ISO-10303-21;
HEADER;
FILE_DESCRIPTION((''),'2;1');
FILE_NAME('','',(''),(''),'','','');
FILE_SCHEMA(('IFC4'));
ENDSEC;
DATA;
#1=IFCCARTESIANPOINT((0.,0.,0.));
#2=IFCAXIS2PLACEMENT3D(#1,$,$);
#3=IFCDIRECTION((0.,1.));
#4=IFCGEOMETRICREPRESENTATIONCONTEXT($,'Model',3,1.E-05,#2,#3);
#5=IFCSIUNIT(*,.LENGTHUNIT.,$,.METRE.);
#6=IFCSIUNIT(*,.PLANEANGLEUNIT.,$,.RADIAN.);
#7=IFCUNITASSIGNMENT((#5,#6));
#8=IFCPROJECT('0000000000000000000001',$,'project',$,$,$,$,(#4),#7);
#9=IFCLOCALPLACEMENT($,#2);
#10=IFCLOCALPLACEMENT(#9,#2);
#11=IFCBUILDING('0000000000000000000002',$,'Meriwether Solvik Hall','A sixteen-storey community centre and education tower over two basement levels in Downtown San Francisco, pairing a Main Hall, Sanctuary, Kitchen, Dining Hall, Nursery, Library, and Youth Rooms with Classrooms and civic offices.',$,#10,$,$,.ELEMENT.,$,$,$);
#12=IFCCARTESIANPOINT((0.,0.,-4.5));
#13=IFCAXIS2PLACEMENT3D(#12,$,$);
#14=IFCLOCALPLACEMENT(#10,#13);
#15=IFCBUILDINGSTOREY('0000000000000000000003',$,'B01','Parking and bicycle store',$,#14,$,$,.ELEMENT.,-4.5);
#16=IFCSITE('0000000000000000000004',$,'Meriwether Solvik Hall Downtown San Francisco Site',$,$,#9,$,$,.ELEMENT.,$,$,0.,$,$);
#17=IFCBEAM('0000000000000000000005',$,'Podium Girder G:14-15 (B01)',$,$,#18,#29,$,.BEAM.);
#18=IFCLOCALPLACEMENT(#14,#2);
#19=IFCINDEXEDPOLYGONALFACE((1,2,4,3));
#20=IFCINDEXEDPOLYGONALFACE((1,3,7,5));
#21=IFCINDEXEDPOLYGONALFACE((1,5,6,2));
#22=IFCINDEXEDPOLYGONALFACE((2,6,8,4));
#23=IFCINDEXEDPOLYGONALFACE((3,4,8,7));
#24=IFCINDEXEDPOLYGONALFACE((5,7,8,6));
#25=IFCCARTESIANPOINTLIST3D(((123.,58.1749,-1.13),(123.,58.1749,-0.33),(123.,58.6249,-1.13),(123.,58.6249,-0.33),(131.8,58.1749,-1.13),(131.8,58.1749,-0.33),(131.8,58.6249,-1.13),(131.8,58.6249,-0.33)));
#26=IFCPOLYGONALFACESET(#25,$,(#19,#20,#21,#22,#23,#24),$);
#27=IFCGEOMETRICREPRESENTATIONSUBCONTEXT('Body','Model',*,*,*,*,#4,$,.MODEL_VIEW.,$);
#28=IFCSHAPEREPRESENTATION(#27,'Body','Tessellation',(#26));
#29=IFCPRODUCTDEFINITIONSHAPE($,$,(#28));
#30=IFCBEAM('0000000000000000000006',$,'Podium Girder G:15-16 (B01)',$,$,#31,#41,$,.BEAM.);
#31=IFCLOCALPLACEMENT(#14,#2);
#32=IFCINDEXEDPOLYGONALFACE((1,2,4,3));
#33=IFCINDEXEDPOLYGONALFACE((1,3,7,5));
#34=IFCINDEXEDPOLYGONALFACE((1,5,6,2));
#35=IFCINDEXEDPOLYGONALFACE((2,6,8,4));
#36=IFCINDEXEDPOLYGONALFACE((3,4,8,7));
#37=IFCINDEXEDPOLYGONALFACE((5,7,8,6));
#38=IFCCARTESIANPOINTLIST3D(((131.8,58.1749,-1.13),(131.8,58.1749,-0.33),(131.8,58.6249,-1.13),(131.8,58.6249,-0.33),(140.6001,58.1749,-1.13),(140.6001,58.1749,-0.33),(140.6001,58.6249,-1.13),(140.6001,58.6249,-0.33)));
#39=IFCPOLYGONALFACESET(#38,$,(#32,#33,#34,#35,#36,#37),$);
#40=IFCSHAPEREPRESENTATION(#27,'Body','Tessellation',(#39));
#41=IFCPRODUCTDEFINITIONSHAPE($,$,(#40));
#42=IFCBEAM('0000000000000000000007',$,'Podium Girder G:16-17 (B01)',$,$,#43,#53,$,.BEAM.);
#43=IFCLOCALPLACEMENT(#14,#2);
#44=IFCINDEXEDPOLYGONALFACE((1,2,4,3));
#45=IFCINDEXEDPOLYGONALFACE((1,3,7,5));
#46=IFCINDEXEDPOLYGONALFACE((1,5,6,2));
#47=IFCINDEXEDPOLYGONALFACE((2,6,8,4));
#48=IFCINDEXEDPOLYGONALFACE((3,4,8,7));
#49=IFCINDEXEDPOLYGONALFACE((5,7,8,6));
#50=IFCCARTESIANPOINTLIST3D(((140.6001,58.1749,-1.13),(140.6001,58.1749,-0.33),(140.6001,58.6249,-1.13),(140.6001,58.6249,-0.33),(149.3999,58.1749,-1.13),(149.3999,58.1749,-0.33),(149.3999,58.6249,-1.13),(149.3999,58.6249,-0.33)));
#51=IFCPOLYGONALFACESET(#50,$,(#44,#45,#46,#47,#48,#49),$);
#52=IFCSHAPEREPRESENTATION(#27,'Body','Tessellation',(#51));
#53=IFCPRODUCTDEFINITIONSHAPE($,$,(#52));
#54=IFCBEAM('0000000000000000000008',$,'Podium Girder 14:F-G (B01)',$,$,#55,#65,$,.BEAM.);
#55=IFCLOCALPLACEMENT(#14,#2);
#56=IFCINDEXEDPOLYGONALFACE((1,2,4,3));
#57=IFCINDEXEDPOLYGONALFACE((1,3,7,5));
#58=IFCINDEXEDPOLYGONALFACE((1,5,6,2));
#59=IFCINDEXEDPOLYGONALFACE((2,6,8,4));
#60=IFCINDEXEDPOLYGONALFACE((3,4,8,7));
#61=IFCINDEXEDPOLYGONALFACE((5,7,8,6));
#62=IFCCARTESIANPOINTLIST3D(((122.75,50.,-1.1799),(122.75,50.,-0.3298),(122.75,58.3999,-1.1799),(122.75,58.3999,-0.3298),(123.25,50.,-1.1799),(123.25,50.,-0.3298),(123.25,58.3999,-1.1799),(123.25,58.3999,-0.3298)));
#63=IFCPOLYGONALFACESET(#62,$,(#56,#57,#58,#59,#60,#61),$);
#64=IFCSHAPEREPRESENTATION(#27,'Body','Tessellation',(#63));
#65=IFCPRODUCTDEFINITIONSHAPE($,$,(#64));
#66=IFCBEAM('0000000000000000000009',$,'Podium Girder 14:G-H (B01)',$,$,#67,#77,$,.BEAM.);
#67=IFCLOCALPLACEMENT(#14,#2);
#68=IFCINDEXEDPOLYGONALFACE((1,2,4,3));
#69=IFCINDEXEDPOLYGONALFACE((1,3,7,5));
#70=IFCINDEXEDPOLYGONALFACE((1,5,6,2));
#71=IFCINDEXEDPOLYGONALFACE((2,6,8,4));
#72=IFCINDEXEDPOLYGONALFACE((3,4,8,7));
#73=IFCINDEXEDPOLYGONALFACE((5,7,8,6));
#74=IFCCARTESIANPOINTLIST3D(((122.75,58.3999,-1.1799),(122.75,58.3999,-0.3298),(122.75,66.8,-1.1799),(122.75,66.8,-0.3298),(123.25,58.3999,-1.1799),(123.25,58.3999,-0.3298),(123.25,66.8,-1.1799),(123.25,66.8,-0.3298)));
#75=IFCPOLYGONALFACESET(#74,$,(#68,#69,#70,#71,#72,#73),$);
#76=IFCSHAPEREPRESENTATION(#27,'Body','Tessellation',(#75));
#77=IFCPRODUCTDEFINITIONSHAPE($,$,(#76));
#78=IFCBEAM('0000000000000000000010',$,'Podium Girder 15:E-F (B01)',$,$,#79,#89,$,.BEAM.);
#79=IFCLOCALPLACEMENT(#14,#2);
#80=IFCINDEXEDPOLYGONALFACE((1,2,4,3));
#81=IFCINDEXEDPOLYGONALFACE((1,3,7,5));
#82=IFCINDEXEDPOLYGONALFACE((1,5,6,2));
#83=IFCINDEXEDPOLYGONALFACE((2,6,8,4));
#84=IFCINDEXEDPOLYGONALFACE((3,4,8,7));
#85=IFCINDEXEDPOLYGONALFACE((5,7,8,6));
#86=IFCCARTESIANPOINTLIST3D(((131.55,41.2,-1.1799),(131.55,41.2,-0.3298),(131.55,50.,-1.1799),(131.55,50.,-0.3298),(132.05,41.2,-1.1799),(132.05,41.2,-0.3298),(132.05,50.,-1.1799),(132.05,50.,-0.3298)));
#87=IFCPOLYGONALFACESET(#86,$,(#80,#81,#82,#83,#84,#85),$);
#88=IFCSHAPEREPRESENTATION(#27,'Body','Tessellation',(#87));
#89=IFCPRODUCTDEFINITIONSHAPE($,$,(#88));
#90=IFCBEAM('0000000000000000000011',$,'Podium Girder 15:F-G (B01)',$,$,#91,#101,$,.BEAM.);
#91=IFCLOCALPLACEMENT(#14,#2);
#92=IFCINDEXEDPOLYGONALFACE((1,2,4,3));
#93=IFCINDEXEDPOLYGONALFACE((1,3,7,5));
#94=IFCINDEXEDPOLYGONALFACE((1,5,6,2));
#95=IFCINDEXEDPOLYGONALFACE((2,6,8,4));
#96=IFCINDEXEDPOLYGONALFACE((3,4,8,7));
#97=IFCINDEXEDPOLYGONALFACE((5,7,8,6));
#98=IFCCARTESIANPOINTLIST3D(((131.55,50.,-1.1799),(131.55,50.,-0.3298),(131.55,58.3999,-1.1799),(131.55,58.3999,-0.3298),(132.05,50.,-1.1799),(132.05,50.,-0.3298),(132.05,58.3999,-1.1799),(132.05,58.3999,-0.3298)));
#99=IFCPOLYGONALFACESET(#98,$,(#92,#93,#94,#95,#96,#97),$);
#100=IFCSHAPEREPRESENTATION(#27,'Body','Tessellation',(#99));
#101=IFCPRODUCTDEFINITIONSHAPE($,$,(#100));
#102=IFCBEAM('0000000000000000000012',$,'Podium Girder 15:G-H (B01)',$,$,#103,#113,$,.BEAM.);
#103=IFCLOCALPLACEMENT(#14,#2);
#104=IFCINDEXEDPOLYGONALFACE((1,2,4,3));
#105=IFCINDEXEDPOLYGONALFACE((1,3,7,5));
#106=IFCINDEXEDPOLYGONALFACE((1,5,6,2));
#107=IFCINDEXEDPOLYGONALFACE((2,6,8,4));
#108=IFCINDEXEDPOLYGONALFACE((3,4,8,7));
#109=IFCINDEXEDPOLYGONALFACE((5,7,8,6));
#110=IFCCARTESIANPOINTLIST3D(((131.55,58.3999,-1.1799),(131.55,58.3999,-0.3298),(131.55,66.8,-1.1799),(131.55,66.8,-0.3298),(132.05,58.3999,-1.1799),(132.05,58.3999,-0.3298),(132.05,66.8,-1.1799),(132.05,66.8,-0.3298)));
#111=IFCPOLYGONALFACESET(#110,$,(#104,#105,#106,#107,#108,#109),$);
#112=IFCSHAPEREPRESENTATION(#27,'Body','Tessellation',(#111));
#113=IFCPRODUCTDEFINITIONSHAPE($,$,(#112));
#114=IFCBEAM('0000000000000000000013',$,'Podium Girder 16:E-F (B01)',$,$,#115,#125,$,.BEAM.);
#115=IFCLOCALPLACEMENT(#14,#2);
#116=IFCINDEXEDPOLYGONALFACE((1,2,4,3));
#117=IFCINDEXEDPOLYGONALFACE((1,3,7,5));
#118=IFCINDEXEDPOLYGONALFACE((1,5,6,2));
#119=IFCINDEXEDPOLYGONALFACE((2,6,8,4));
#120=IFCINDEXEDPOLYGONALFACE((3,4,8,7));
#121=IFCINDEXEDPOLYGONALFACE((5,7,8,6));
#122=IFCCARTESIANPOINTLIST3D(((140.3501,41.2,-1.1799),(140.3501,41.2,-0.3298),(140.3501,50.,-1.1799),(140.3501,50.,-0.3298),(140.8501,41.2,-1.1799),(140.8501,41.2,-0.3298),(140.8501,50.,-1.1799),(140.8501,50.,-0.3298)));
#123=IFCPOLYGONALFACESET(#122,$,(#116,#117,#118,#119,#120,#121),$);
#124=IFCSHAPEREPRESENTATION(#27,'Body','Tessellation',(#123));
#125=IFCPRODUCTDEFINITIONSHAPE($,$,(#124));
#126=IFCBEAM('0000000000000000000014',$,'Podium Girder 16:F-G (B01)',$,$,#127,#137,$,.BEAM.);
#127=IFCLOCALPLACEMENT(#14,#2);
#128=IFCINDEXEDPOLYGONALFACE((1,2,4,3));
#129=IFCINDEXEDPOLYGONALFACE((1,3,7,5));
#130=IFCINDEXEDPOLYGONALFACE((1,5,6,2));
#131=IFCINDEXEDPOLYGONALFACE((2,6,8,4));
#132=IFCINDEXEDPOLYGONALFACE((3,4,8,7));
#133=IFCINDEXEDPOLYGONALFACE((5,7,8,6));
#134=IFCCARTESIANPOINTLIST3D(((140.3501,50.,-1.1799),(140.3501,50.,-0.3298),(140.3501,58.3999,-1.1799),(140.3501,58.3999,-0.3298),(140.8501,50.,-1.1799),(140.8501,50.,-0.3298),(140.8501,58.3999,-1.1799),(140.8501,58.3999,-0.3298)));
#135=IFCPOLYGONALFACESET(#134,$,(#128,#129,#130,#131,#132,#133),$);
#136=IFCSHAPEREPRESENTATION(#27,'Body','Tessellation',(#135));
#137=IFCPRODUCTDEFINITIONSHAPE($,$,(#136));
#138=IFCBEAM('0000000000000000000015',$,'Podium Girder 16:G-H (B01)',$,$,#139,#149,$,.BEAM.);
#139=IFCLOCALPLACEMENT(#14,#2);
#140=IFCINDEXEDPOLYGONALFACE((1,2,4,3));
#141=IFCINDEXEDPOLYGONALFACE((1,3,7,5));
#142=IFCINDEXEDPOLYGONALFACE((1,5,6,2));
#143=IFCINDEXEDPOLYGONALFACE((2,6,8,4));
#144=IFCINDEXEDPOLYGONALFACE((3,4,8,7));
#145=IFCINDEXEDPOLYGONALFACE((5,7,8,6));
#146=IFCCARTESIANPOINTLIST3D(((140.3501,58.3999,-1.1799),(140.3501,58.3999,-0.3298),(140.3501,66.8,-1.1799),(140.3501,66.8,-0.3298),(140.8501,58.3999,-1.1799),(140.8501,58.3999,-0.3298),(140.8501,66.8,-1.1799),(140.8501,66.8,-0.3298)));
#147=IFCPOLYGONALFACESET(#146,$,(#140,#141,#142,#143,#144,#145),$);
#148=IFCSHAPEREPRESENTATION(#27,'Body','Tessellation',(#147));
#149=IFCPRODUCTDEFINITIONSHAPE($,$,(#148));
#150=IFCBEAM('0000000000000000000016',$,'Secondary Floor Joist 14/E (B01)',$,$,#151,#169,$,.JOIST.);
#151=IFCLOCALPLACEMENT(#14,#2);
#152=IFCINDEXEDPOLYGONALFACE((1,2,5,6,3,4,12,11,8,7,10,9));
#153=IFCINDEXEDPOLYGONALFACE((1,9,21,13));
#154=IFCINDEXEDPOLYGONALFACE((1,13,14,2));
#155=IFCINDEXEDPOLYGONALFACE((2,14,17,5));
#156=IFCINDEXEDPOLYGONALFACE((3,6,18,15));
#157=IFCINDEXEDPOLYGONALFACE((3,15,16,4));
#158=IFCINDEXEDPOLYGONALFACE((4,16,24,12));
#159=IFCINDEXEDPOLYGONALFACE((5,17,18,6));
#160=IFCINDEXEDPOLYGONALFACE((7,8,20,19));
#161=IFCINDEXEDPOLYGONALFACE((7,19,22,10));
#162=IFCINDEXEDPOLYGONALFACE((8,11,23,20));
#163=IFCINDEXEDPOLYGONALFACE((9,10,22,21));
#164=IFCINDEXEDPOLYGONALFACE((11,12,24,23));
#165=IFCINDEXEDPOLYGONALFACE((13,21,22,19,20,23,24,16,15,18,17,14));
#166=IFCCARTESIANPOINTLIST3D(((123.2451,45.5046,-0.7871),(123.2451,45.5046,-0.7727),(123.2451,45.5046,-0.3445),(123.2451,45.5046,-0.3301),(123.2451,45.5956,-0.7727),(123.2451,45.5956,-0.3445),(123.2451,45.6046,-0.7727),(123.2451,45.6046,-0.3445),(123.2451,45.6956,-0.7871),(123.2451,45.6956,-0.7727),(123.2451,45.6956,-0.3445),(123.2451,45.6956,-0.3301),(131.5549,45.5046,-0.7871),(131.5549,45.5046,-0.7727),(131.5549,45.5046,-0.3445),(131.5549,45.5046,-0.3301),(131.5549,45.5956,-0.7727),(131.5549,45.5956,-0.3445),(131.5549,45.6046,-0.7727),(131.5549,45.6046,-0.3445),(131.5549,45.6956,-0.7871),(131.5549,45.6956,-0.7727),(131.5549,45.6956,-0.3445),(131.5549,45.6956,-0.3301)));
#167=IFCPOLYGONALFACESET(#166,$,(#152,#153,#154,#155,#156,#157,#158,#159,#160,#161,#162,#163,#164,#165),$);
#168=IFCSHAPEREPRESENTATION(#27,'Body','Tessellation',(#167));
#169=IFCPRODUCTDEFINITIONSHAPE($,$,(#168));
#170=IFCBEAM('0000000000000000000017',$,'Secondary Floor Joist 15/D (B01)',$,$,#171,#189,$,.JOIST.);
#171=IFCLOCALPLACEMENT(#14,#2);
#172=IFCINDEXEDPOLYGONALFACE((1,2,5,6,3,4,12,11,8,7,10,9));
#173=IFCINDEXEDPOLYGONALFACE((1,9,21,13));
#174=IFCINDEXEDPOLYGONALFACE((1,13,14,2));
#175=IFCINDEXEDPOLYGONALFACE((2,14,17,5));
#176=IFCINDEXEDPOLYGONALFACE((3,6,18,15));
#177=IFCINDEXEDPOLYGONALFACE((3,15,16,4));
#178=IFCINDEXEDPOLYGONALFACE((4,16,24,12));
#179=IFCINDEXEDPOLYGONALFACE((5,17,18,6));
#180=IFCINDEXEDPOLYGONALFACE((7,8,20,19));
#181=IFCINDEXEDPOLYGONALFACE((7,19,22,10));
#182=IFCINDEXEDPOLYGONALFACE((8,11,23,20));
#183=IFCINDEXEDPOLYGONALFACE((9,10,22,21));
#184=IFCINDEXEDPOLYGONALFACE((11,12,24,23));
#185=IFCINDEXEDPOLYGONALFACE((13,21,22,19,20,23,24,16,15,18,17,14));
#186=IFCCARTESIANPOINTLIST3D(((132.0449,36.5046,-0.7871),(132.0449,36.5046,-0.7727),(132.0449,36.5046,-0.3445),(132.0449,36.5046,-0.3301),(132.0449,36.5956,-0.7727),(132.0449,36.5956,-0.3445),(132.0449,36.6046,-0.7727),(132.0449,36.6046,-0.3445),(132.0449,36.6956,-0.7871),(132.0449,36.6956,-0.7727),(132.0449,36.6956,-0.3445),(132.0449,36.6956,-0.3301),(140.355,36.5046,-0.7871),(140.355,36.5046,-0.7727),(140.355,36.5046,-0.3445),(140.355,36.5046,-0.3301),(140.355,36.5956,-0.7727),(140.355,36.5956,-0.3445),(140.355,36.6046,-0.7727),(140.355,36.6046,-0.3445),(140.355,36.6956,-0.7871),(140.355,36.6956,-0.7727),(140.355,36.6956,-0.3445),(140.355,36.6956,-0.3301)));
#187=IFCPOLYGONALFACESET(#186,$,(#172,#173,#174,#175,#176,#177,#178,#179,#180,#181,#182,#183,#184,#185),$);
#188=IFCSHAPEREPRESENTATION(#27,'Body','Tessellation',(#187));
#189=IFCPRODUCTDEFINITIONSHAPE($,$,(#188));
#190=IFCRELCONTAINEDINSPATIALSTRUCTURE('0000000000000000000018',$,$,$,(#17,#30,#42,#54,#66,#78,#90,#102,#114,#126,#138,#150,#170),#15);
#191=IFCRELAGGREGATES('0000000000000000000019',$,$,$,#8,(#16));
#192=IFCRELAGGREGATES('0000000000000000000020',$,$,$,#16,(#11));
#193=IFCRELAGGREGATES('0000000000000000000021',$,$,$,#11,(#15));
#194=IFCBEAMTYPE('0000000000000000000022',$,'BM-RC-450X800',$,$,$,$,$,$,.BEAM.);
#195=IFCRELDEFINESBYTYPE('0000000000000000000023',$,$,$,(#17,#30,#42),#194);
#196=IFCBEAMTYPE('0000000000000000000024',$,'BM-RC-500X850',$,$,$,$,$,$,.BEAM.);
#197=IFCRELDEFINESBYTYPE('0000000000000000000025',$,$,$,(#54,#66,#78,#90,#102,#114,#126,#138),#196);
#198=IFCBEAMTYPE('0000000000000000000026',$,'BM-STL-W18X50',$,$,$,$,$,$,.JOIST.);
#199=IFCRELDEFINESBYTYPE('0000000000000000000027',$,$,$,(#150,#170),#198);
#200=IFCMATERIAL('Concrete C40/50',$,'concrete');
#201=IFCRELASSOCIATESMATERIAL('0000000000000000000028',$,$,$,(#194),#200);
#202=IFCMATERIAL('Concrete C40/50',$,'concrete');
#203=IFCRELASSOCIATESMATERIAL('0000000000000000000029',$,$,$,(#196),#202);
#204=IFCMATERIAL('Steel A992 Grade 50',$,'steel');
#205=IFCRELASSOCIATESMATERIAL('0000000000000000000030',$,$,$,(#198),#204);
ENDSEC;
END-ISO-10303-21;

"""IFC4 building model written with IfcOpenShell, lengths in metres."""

from ifc_helpers import new_model, si_unit, direction, frame, origin, origin_2d, place, context, subcontext, project, spatial, rectangle, i_section, extrude, material, material_profile, profile_set, type_object, element, save


model = new_model("IFC4")

# Units and contexts
model_context = context("Model", 3, precision=1e-05, world=origin(), true_north=direction((0.0, 1.0)))
body_context = subcontext(model_context, "Body", "Model", "MODEL_VIEW")
ifc_project = project(units=[si_unit("LENGTHUNIT", "METRE"), si_unit("PLANEANGLEUNIT", "RADIAN")], contexts=[model_context])

# Site, building, storey
site_placement = place(None, origin())
site = spatial("IfcSite", under=ifc_project, at=site_placement, Name="Meriwether Solvik Hall Downtown San Francisco Site", CompositionType="ELEMENT", RefElevation=0.0)
building_placement = place(site_placement, origin())
building = spatial("IfcBuilding", under=site, at=building_placement, Name="Meriwether Solvik Hall", Description="A sixteen-storey community centre and education tower over two basement levels in Downtown San Francisco, pairing a Main Hall, Sanctuary, Kitchen, Dining Hall, Nursery, Library, and Youth Rooms with Classrooms and civic offices.", CompositionType="ELEMENT")
storey_placement = place(building_placement, frame((0.0, 0.0, -4.5)))
storey = spatial("IfcBuildingStorey", under=building, at=storey_placement, Name="B01", Description="Parking and bicycle store", CompositionType="ELEMENT", Elevation=-4.5)

# Beams
ifc_material_1 = material(Name="Concrete C40/50", Category="concrete")
ifc_material_profile_1 = material_profile(ifc_material_1, rectangle(XDim=0.45, YDim=0.8, at=origin_2d()), Name="RCB-450X800")
ifc_profile_set_1 = profile_set([ifc_material_profile_1], Name="Concrete C40/50")
beam_type_1 = type_object("IfcBeamType", Name="BM-RC-450X800", PredefinedType="BEAM", material=ifc_profile_set_1)
for number, where, z_axis, x_axis, name in (
    (1, (123.0, 58.3999, -0.73), (1.0, 0.0, 0.0), (0.0, 1.0, 0.0), "Podium Girder G:14-15 (B01)"),
    (2, (131.8, 58.3999, -0.73), (1.0, 0.0, 0.0), (0.0, 1.0, 0.0), "Podium Girder G:15-16 (B01)"),
):
    element("IfcBeam", number, at=place(storey_placement, frame(where, z_axis=z_axis, x_axis=x_axis)), inside=storey, type_object=beam_type_1, Name=name, PredefinedType="BEAM", context=body_context, shape_type="SweptSolid", body=[
        extrude(rectangle(XDim=0.45, YDim=0.8, at=origin_2d()), origin(), (0.0, 0.0, 1.0), 8.8),
    ])
beam_1_placement = place(storey_placement, frame((140.6001, 58.3999, -0.73), z_axis=(1.0, 0.0, 0.0), x_axis=(0.0, 1.0, 0.0)))
element("IfcBeam", 3, at=beam_1_placement, inside=storey, type_object=beam_type_1, Name="Podium Girder G:16-17 (B01)", PredefinedType="BEAM", context=body_context, shape_type="SweptSolid", body=[
    extrude(rectangle(XDim=0.45, YDim=0.8, at=origin_2d()), origin(), (0.0, 0.0, 1.0), 8.7998),
])
ifc_material_2 = material(Name="Concrete C40/50", Category="concrete")
ifc_material_profile_2 = material_profile(ifc_material_2, rectangle(XDim=0.5, YDim=0.8501, at=origin_2d()), Name="RCB-500X850")
ifc_profile_set_2 = profile_set([ifc_material_profile_2], Name="Concrete C40/50")
beam_type_2 = type_object("IfcBeamType", Name="BM-RC-500X850", PredefinedType="BEAM", material=ifc_profile_set_2)
beam_2_placement = place(storey_placement, frame((123.0, 50.0, -0.7549), z_axis=(0.0, 1.0, 0.0), x_axis=(-1.0, 0.0, 0.0)))
element("IfcBeam", 4, at=beam_2_placement, inside=storey, type_object=beam_type_2, Name="Podium Girder 14:F-G (B01)", PredefinedType="BEAM", context=body_context, shape_type="SweptSolid", body=[
    extrude(rectangle(XDim=0.5, YDim=0.8501, at=origin_2d()), origin(), (0.0, 0.0, 1.0), 8.3999),
])
beam_3_placement = place(storey_placement, frame((123.0, 58.3999, -0.7549), z_axis=(0.0, 1.0, 0.0), x_axis=(-1.0, 0.0, 0.0)))
element("IfcBeam", 5, at=beam_3_placement, inside=storey, type_object=beam_type_2, Name="Podium Girder 14:G-H (B01)", PredefinedType="BEAM", context=body_context, shape_type="SweptSolid", body=[
    extrude(rectangle(XDim=0.5, YDim=0.8501, at=origin_2d()), origin(), (0.0, 0.0, 1.0), 8.4001),
])
beam_4_placement = place(storey_placement, frame((131.8, 41.2, -0.7549), z_axis=(0.0, 1.0, 0.0), x_axis=(-1.0, 0.0, 0.0)))
element("IfcBeam", 6, at=beam_4_placement, inside=storey, type_object=beam_type_2, Name="Podium Girder 15:E-F (B01)", PredefinedType="BEAM", context=body_context, shape_type="SweptSolid", body=[
    extrude(rectangle(XDim=0.5, YDim=0.8501, at=origin_2d()), origin(), (0.0, 0.0, 1.0), 8.8),
])
beam_5_placement = place(storey_placement, frame((131.8, 50.0, -0.7549), z_axis=(0.0, 1.0, 0.0), x_axis=(-1.0, 0.0, 0.0)))
element("IfcBeam", 7, at=beam_5_placement, inside=storey, type_object=beam_type_2, Name="Podium Girder 15:F-G (B01)", PredefinedType="BEAM", context=body_context, shape_type="SweptSolid", body=[
    extrude(rectangle(XDim=0.5, YDim=0.8501, at=origin_2d()), origin(), (0.0, 0.0, 1.0), 8.3999),
])
beam_6_placement = place(storey_placement, frame((131.8, 58.3999, -0.7549), z_axis=(0.0, 1.0, 0.0), x_axis=(-1.0, 0.0, 0.0)))
element("IfcBeam", 8, at=beam_6_placement, inside=storey, type_object=beam_type_2, Name="Podium Girder 15:G-H (B01)", PredefinedType="BEAM", context=body_context, shape_type="SweptSolid", body=[
    extrude(rectangle(XDim=0.5, YDim=0.8501, at=origin_2d()), origin(), (0.0, 0.0, 1.0), 8.4001),
])
beam_7_placement = place(storey_placement, frame((140.6001, 41.2, -0.7549), z_axis=(0.0, 1.0, 0.0), x_axis=(-1.0, 0.0, 0.0)))
element("IfcBeam", 9, at=beam_7_placement, inside=storey, type_object=beam_type_2, Name="Podium Girder 16:E-F (B01)", PredefinedType="BEAM", context=body_context, shape_type="SweptSolid", body=[
    extrude(rectangle(XDim=0.5, YDim=0.8501, at=origin_2d()), origin(), (0.0, 0.0, 1.0), 8.8),
])
beam_8_placement = place(storey_placement, frame((140.6001, 50.0, -0.7549), z_axis=(0.0, 1.0, 0.0), x_axis=(-1.0, 0.0, 0.0)))
element("IfcBeam", 10, at=beam_8_placement, inside=storey, type_object=beam_type_2, Name="Podium Girder 16:F-G (B01)", PredefinedType="BEAM", context=body_context, shape_type="SweptSolid", body=[
    extrude(rectangle(XDim=0.5, YDim=0.8501, at=origin_2d()), origin(), (0.0, 0.0, 1.0), 8.3999),
])
beam_9_placement = place(storey_placement, frame((140.6001, 58.3999, -0.7549), z_axis=(0.0, 1.0, 0.0), x_axis=(-1.0, 0.0, 0.0)))
element("IfcBeam", 11, at=beam_9_placement, inside=storey, type_object=beam_type_2, Name="Podium Girder 16:G-H (B01)", PredefinedType="BEAM", context=body_context, shape_type="SweptSolid", body=[
    extrude(rectangle(XDim=0.5, YDim=0.8501, at=origin_2d()), origin(), (0.0, 0.0, 1.0), 8.4001),
])
ifc_material_3 = material(Name="Steel A992 Grade 50", Category="steel")
ifc_material_profile_3 = material_profile(ifc_material_3, i_section(OverallWidth=0.1909, OverallDepth=0.457, WebThickness=0.009, FlangeThickness=0.0144, at=origin_2d()), Name="W18X50")
ifc_profile_set_3 = profile_set([ifc_material_profile_3], Name="Steel A992 Grade 50")
beam_type_3 = type_object("IfcBeamType", Name="BM-STL-W18X50", PredefinedType="JOIST", material=ifc_profile_set_3)
beam_10_placement = place(storey_placement, frame((123.2451, 45.6001, -0.5586), z_axis=(1.0, 0.0, 0.0), x_axis=(0.0, 1.0, 0.0)))
element("IfcBeam", 12, at=beam_10_placement, inside=storey, type_object=beam_type_3, Name="Secondary Floor Joist 14/E (B01)", PredefinedType="JOIST", context=body_context, shape_type="SweptSolid", body=[
    extrude(i_section(OverallWidth=0.1909, OverallDepth=0.457, WebThickness=0.009, FlangeThickness=0.0144, at=origin_2d()), origin(), (0.0, 0.0, 1.0), 8.3098),
])
for number, where, z_axis, x_axis, name in (
    (13, (132.0449, 36.6001, -0.5586), (1.0, 0.0, 0.0), (0.0, 1.0, 0.0), "Secondary Floor Joist 15/D (B01)"),
):
    element("IfcBeam", number, at=place(storey_placement, frame(where, z_axis=z_axis, x_axis=x_axis)), inside=storey, type_object=beam_type_3, Name=name, PredefinedType="JOIST", context=body_context, shape_type="SweptSolid", body=[
        extrude(i_section(OverallWidth=0.1909, OverallDepth=0.457, WebThickness=0.009, FlangeThickness=0.0144, at=origin_2d()), origin(), (0.0, 0.0, 1.0), 8.3101),
    ])

save(model, "model.ifc")
